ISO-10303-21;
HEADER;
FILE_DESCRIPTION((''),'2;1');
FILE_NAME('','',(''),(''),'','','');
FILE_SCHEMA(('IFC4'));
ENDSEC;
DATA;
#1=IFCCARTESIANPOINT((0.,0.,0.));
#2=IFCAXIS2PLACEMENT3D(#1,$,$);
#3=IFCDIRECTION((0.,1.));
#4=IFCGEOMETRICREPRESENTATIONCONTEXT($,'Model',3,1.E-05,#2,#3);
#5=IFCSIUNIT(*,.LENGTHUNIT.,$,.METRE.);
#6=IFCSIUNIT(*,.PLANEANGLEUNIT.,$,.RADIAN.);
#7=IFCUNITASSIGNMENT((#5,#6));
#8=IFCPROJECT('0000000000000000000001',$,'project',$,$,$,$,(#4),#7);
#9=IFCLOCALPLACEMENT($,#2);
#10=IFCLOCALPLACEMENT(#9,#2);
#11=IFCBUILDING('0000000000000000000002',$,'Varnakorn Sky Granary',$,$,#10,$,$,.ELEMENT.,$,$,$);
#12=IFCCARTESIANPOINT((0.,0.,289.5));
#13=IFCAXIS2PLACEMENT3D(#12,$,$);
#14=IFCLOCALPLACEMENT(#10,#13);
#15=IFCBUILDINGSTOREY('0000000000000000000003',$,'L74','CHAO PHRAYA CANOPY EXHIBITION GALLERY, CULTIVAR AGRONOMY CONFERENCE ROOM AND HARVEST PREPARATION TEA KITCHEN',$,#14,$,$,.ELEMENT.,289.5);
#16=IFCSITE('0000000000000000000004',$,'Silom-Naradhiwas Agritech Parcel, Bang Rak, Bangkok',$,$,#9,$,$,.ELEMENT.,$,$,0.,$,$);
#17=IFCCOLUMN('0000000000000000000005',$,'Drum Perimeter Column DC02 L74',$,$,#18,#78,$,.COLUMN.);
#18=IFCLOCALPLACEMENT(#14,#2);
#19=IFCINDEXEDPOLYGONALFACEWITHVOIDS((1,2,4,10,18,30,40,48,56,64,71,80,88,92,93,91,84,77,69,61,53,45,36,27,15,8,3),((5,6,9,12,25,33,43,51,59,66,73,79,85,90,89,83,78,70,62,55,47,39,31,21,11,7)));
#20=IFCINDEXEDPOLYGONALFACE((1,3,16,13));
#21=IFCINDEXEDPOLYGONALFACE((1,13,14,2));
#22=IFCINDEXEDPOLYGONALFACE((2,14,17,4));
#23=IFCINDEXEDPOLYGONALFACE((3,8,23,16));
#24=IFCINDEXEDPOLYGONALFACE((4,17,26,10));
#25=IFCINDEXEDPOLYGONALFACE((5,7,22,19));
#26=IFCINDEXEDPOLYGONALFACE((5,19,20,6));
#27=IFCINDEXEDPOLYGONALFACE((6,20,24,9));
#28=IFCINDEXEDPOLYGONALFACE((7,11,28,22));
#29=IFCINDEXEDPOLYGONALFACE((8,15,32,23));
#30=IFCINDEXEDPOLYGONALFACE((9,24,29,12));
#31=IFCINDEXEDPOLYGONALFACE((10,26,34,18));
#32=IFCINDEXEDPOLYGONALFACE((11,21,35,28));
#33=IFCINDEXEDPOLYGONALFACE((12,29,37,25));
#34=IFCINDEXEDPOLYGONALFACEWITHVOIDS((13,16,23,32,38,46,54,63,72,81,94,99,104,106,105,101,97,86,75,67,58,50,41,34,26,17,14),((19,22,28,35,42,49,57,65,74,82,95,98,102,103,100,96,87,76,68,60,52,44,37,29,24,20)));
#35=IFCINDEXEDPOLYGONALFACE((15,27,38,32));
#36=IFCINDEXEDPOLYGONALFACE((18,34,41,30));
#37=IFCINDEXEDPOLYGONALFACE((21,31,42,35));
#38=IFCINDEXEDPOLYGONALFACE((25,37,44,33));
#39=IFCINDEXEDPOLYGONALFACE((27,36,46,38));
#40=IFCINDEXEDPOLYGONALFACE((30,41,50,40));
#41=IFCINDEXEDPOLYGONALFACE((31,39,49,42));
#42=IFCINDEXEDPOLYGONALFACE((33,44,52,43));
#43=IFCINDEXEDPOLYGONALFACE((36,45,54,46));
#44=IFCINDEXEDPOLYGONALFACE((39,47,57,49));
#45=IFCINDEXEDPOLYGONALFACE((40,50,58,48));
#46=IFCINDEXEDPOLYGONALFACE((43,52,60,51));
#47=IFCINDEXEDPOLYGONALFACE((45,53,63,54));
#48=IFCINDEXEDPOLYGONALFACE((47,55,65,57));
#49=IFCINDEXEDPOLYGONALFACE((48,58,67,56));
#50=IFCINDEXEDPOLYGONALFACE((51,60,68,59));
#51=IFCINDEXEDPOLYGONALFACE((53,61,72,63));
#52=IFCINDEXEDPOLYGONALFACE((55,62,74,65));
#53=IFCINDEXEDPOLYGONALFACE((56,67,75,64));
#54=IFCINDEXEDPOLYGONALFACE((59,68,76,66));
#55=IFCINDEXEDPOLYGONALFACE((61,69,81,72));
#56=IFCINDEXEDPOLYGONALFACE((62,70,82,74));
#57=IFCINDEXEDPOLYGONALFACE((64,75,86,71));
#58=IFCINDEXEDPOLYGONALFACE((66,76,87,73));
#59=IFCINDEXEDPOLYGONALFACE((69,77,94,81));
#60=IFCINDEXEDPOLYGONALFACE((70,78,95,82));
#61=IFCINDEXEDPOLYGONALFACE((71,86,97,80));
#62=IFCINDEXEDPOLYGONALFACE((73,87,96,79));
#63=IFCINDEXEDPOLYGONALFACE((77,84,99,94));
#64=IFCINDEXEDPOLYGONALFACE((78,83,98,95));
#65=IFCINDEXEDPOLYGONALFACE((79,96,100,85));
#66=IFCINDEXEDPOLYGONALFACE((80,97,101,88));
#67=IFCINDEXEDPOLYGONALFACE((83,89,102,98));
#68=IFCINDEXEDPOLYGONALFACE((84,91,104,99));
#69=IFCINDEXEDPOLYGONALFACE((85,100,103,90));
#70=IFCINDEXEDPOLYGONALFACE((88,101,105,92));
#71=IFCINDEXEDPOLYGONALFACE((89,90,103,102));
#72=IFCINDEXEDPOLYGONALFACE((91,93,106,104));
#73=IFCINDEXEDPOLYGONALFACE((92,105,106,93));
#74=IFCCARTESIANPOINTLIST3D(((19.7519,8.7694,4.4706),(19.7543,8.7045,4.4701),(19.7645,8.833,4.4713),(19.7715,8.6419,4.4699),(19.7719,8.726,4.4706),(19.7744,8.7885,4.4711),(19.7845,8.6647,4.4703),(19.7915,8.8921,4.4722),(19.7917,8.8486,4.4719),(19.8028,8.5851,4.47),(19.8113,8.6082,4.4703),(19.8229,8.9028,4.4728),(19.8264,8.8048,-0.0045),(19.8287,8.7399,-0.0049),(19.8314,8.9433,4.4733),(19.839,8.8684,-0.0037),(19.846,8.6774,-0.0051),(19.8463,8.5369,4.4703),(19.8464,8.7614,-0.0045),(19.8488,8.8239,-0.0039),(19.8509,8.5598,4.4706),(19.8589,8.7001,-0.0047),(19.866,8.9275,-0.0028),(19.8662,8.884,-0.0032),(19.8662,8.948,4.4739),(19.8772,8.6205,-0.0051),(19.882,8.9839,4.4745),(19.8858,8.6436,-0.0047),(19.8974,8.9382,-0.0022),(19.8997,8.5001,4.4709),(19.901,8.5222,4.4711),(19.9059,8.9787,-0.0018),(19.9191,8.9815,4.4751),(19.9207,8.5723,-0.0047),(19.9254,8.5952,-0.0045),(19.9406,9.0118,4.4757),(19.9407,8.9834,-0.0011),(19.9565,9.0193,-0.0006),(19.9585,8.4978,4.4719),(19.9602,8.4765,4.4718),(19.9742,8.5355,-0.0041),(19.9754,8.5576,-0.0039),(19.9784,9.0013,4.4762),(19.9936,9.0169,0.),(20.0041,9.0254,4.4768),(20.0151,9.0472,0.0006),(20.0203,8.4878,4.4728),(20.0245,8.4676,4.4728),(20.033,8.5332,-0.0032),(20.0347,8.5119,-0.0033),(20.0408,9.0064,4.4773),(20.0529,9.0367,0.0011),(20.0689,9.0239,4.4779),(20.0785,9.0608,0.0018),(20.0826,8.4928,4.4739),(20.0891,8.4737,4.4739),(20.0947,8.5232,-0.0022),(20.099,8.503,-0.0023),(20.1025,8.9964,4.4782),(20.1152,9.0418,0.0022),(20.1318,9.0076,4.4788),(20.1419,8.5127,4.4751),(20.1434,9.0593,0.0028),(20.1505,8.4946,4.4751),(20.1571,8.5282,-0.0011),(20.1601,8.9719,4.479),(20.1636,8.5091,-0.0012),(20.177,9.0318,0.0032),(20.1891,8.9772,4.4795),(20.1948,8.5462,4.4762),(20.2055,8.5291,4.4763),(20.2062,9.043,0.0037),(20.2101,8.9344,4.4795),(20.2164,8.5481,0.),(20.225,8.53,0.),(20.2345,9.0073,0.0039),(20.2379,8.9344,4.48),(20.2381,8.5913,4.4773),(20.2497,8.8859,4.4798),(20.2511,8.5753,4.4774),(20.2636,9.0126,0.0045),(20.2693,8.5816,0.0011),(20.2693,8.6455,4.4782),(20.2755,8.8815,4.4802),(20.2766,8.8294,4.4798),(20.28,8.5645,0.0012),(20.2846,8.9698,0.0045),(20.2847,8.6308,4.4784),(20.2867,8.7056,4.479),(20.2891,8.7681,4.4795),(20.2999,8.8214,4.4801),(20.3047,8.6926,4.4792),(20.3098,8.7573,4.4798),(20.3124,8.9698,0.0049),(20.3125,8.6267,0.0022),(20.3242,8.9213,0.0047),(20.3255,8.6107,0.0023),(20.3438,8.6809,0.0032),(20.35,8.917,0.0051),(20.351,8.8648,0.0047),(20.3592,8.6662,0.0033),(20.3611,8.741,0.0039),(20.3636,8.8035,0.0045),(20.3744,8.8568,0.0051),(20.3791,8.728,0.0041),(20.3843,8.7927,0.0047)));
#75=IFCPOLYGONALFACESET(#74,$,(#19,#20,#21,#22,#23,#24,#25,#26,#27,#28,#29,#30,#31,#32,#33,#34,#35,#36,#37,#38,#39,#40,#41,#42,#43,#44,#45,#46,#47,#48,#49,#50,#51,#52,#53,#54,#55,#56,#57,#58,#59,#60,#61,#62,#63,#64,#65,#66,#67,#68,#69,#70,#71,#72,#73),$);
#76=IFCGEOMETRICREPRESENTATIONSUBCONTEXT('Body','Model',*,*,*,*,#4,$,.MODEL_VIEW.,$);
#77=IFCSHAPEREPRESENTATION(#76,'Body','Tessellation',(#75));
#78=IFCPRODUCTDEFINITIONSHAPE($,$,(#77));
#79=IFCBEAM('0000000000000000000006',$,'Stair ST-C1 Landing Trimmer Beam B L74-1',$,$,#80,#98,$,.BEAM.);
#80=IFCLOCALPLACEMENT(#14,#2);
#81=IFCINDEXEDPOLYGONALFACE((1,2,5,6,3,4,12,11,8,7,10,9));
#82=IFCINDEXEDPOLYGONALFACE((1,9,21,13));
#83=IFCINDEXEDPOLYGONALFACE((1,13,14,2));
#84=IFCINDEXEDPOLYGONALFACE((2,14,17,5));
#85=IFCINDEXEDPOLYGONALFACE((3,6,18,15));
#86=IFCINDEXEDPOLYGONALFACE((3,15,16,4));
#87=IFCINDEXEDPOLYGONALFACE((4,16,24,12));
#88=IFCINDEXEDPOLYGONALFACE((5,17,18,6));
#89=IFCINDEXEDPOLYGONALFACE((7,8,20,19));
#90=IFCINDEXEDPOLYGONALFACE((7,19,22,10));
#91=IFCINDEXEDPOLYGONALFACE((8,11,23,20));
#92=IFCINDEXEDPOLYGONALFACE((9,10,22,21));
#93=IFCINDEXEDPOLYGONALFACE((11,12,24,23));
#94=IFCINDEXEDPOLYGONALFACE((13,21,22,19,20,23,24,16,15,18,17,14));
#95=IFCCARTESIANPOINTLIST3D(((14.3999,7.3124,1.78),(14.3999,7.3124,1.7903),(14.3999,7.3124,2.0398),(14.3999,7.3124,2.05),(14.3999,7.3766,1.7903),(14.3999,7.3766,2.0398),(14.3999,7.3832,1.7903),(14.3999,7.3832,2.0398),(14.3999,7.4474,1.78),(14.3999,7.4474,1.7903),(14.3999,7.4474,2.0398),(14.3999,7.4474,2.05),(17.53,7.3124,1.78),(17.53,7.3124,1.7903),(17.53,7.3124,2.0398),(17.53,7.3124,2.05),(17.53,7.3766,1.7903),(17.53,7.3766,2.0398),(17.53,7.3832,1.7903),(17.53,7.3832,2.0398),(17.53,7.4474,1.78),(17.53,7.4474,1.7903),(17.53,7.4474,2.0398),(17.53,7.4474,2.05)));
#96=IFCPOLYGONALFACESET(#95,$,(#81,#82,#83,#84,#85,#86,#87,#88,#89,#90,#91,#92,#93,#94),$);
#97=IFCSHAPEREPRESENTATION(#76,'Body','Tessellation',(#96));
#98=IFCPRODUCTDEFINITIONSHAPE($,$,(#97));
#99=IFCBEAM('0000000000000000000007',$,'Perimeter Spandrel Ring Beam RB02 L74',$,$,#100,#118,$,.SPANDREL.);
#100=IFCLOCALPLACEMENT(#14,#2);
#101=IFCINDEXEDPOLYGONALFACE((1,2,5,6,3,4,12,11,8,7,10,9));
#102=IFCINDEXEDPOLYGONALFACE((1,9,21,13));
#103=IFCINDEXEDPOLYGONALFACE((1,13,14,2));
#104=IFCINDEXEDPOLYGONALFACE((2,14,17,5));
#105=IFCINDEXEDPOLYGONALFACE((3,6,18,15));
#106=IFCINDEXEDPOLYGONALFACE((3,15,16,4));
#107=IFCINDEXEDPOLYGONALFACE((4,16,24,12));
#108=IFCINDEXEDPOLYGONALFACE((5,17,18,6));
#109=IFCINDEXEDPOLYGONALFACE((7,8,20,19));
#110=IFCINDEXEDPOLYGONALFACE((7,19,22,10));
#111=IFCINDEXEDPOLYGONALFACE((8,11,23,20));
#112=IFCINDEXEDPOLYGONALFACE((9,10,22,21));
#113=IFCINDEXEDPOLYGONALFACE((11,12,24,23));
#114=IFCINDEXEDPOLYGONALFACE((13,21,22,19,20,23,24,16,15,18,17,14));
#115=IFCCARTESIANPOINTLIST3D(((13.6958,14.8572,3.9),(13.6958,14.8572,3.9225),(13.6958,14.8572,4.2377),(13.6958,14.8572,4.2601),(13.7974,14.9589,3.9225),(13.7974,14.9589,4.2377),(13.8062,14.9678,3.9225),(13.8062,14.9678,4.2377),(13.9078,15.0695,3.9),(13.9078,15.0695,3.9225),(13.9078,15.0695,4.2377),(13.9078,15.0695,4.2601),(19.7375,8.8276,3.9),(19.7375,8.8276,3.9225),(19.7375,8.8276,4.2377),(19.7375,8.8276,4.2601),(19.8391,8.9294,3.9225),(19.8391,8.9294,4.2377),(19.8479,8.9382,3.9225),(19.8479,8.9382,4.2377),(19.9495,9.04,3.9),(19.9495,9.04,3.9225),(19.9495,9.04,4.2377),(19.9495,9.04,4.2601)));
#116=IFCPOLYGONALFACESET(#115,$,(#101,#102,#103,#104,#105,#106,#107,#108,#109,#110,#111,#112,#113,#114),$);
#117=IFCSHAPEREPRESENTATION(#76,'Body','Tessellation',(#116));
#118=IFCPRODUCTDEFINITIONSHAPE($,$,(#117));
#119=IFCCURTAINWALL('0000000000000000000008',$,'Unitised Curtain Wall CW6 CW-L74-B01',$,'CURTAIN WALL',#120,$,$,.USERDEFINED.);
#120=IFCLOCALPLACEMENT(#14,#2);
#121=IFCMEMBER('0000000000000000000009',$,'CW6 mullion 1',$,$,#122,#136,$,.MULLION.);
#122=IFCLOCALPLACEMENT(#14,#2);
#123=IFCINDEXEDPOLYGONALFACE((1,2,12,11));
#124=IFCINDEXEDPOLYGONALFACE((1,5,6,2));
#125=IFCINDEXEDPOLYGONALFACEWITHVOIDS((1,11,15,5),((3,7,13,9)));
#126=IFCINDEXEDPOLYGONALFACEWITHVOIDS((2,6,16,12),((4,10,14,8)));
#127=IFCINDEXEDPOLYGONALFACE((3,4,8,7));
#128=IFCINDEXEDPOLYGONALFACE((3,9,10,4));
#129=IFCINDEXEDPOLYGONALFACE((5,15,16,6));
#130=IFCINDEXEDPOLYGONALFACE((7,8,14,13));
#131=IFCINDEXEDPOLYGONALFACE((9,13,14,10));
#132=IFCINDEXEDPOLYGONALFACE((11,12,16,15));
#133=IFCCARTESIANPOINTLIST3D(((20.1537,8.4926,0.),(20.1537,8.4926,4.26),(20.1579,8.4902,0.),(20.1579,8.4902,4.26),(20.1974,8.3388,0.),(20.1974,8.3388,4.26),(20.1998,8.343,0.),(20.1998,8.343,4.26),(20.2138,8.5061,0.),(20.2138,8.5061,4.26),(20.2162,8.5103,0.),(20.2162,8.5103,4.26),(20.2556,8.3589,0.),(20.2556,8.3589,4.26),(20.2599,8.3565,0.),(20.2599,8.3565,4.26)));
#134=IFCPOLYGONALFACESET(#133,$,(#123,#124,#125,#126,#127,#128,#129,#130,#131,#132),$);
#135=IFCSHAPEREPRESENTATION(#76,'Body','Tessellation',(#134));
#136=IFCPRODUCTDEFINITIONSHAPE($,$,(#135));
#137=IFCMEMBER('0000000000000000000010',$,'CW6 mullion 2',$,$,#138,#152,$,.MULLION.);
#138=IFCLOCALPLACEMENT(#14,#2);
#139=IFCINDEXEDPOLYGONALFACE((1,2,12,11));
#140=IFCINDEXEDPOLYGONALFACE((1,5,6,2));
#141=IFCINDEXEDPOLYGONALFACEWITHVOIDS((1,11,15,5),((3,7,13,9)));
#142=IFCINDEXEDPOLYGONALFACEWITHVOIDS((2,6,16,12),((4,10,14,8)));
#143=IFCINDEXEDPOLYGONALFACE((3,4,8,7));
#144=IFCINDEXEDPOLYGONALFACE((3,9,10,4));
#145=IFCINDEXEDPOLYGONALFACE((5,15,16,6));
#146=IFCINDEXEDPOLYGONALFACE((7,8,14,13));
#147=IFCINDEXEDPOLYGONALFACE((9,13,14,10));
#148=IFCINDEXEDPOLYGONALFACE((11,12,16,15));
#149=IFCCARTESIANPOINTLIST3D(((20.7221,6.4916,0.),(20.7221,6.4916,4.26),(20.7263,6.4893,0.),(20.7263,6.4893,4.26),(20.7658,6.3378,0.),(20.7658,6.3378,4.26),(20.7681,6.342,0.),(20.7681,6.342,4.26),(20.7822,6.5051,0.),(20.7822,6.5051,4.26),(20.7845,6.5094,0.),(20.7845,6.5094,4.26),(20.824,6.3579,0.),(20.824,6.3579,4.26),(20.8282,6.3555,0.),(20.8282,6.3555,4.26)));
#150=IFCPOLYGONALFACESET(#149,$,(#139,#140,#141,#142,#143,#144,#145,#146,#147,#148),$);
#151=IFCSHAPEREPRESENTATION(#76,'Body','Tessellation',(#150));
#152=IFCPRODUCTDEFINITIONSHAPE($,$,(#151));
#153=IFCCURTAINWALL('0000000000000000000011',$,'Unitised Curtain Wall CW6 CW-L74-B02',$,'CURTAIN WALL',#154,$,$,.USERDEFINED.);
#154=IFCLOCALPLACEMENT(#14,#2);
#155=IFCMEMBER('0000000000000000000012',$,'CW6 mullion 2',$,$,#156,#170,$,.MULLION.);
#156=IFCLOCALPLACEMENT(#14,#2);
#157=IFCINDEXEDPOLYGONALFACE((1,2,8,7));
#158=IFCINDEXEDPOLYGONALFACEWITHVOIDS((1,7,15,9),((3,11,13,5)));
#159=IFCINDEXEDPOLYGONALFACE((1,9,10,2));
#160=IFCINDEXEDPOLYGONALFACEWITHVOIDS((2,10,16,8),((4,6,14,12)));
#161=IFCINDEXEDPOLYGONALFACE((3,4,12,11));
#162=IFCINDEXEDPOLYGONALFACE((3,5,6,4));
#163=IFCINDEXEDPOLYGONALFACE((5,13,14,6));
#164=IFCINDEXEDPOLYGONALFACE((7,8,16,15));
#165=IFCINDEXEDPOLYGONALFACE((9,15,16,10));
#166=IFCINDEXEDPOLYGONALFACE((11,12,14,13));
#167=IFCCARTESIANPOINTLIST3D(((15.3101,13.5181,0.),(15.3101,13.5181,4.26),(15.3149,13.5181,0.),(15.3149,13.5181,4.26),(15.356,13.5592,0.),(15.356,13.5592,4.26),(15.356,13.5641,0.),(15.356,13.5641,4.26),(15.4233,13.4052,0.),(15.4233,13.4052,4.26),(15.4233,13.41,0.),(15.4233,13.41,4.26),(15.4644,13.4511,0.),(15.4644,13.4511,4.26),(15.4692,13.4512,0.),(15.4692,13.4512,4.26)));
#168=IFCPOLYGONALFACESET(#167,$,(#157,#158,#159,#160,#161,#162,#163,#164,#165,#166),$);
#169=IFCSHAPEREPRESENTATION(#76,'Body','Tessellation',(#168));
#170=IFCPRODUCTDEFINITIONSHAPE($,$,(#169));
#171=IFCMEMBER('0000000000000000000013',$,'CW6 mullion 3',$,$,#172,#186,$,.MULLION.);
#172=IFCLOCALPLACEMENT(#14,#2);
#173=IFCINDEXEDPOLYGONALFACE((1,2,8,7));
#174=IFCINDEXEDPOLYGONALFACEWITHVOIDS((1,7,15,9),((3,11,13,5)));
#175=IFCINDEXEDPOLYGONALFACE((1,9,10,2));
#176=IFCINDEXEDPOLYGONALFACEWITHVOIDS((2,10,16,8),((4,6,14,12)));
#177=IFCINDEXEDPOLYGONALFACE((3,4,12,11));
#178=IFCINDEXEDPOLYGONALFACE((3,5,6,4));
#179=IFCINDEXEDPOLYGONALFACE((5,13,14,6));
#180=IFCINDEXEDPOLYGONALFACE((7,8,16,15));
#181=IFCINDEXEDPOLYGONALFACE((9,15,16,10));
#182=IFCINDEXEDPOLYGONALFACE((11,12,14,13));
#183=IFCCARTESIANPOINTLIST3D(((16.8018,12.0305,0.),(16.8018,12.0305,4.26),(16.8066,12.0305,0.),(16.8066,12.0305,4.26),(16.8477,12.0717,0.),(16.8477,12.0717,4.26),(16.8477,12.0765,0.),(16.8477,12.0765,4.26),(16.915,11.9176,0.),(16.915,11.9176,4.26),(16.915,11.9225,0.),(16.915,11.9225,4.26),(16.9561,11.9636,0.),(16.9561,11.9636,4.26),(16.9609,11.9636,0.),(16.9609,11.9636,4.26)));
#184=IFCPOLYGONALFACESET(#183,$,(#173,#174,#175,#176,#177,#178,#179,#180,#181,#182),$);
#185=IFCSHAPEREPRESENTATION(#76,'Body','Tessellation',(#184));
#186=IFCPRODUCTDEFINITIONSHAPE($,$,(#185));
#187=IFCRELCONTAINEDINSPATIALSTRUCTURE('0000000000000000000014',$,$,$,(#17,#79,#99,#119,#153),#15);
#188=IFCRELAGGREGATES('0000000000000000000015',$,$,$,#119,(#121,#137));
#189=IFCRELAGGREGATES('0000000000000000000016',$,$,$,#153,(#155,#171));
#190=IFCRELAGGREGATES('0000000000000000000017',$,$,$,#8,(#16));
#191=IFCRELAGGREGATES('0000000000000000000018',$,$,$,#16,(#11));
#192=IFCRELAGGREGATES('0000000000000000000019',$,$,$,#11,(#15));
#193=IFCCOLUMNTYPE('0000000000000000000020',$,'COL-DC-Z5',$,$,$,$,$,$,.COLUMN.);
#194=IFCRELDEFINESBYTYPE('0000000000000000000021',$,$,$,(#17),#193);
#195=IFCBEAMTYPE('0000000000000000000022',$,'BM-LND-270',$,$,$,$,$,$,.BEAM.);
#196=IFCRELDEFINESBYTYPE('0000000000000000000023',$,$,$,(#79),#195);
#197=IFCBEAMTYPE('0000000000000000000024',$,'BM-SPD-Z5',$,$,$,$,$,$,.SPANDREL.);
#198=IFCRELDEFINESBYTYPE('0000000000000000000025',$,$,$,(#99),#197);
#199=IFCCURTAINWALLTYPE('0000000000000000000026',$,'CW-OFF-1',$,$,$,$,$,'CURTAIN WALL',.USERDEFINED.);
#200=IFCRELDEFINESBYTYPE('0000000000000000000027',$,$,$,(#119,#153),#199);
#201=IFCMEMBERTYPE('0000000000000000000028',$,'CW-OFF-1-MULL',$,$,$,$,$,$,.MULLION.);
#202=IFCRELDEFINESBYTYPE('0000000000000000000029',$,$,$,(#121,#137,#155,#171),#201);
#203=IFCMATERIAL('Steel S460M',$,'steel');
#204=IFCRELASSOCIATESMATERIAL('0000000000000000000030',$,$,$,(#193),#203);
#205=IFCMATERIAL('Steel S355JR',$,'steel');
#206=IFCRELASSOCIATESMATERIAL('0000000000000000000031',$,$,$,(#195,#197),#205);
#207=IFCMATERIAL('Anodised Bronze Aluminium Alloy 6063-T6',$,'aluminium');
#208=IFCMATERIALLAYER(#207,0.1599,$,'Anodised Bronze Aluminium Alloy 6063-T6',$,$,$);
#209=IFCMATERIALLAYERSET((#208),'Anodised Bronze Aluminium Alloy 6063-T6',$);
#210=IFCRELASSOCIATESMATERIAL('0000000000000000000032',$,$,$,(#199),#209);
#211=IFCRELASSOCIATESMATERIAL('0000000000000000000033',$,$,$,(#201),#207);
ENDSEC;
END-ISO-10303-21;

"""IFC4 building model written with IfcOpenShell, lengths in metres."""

from ifc_helpers import new_model, si_unit, direction, frame, origin, origin_2d, place, context, subcontext, project, spatial, hollow_rectangle, hollow_circle, i_section, extrude, material, layer, layer_set, material_profile, profile_set, type_object, element, aggregate, save


model = new_model("IFC4")

# Units and contexts
model_context = context("Model", 3, precision=1e-05, world=origin(), true_north=direction((0.0, 1.0)))
body_context = subcontext(model_context, "Body", "Model", "MODEL_VIEW")
ifc_project = project(units=[si_unit("LENGTHUNIT", "METRE"), si_unit("PLANEANGLEUNIT", "RADIAN")], contexts=[model_context])

# Site, building, storey
site_placement = place(None, origin())
site = spatial("IfcSite", under=ifc_project, at=site_placement, Name="Silom-Naradhiwas Agritech Parcel, Bang Rak, Bangkok", CompositionType="ELEMENT", RefElevation=0.0)
building_placement = place(site_placement, origin())
building = spatial("IfcBuilding", under=site, at=building_placement, Name="Varnakorn Sky Granary", CompositionType="ELEMENT")
storey_placement = place(building_placement, frame((0.0, 0.0, 289.5)))
storey = spatial("IfcBuildingStorey", under=building, at=storey_placement, Name="L74", Description="CHAO PHRAYA CANOPY EXHIBITION GALLERY, CULTIVAR AGRONOMY CONFERENCE ROOM AND HARVEST PREPARATION TEA KITCHEN", CompositionType="ELEMENT", Elevation=289.5)

# Column
ifc_material_1 = material(Name="Steel S460M", Category="steel")
ifc_material_profile_1 = material_profile(ifc_material_1, hollow_circle(Radius=0.2795, WallThickness=0.02, at=origin_2d()), Name="CHS 559x20")
ifc_profile_set_1 = profile_set([ifc_material_profile_1], Name="Steel S460M")
column_type = type_object("IfcColumnType", Name="COL-DC-Z5", PredefinedType="COLUMN", material=ifc_profile_set_1)
column_placement = place(storey_placement, frame((20.105, 8.7825, 0.0), z_axis=(-0.016637, -0.007909, 0.99983), x_axis=(0.429359, -0.903134, 0.0)))
element("IfcColumn", 1, at=column_placement, inside=storey, type_object=column_type, Name="Drum Perimeter Column DC02 L74", PredefinedType="COLUMN", context=body_context, shape_type="SweptSolid", body=[
    extrude(hollow_circle(Radius=0.2795, WallThickness=0.02, at=origin_2d()), origin(), (0.0, 0.0, 1.0), 4.4758),
])

# Beams
ifc_material_2 = material(Name="Steel S355JR", Category="steel")
ifc_material_profile_2 = material_profile(ifc_material_2, i_section(OverallWidth=0.135, OverallDepth=0.27, WebThickness=0.0066, FlangeThickness=0.0103, at=origin_2d()), Name="IPE 270")
ifc_profile_set_2 = profile_set([ifc_material_profile_2], Name="Steel S355JR")
beam_type_1 = type_object("IfcBeamType", Name="BM-LND-270", PredefinedType="BEAM", material=ifc_profile_set_2)
beam_1_placement = place(storey_placement, frame((14.3999, 7.3799, 1.915), z_axis=(1.0, 0.0, 0.0), x_axis=(0.0, 1.0, 0.0)))
element("IfcBeam", 2, at=beam_1_placement, inside=storey, type_object=beam_type_1, Name="Stair ST-C1 Landing Trimmer Beam B L74-1", PredefinedType="BEAM", context=body_context, shape_type="SweptSolid", body=[
    extrude(i_section(OverallWidth=0.135, OverallDepth=0.27, WebThickness=0.0066, FlangeThickness=0.0103, at=origin_2d()), origin(), (0.0, 0.0, 1.0), 3.1301),
])
ifc_material_profile_3 = material_profile(ifc_material_2, i_section(OverallWidth=0.3, OverallDepth=0.3601, WebThickness=0.0125, FlangeThickness=0.0225, at=origin_2d()), Name="HE 360 B")
ifc_profile_set_3 = profile_set([ifc_material_profile_3], Name="Steel S355JR")
beam_type_2 = type_object("IfcBeamType", Name="BM-SPD-Z5", PredefinedType="SPANDREL", material=ifc_profile_set_3)
beam_2_placement = place(storey_placement, frame((19.8435, 8.9338, 4.0801), z_axis=(-0.707821, 0.706391, 0.0), x_axis=(-0.706391, -0.707821, 0.0)))
element("IfcBeam", 3, at=beam_2_placement, inside=storey, type_object=beam_type_2, Name="Perimeter Spandrel Ring Beam RB02 L74", PredefinedType="SPANDREL", context=body_context, shape_type="SweptSolid", body=[
    extrude(i_section(OverallWidth=0.3, OverallDepth=0.3601, WebThickness=0.0125, FlangeThickness=0.0225, at=origin_2d()), origin(), (0.0, 0.0, 1.0), 8.5356),
])

# Curtain walls, members
ifc_material_3 = material(Name="Anodised Bronze Aluminium Alloy 6063-T6", Category="aluminium")
ifc_layer_1 = layer(ifc_material_3, 0.1599, Name="Anodised Bronze Aluminium Alloy 6063-T6")
ifc_layer_set_1 = layer_set([ifc_layer_1], Name="Anodised Bronze Aluminium Alloy 6063-T6")
curtain_wall_type = type_object("IfcCurtainWallType", Name="CW-OFF-1", ElementType="CURTAIN WALL", PredefinedType="USERDEFINED", material=ifc_layer_set_1)
curtain_wall_1_placement = place(storey_placement, origin())
curtain_wall_1 = element("IfcCurtainWall", 4, at=curtain_wall_1_placement, inside=storey, type_object=curtain_wall_type, Name="Unitised Curtain Wall CW6 CW-L74-B01", ObjectType="CURTAIN WALL", PredefinedType="USERDEFINED")
ifc_material_profile_4 = material_profile(ifc_material_3, hollow_rectangle(XDim=0.0649, YDim=0.1599, WallThickness=0.0034, at=origin_2d()), Name="ALU MULL 65x160")
ifc_profile_set_4 = profile_set([ifc_material_profile_4], Name="Anodised Bronze Aluminium Alloy 6063-T6")
member_type_1 = type_object("IfcMemberType", Name="CW-OFF-1-MULL", PredefinedType="MULLION", material=ifc_profile_set_4)
member_1_placement = place(storey_placement, frame((20.2068, 8.4246, 0.0), z_axis=(0.0, 0.0, 1.0), x_axis=(0.961937, 0.27327, 0.0)))
member_1 = element("IfcMember", 5, at=member_1_placement, type_object=member_type_1, Name="CW6 mullion 1", PredefinedType="MULLION", context=body_context, shape_type="SweptSolid", body=[
    extrude(hollow_rectangle(XDim=0.0649, YDim=0.1599, WallThickness=0.0034, at=origin_2d()), origin(), (0.0, 0.0, 1.0), 4.26),
])
member_2_placement = place(storey_placement, frame((20.7751, 6.4236, 0.0), z_axis=(0.0, 0.0, 1.0), x_axis=(0.961937, 0.27327, 0.0)))
member_2 = element("IfcMember", 6, at=member_2_placement, type_object=member_type_1, Name="CW6 mullion 2", PredefinedType="MULLION", context=body_context, shape_type="SweptSolid", body=[
    extrude(hollow_rectangle(XDim=0.0649, YDim=0.1599, WallThickness=0.0034, at=origin_2d()), origin(), (0.0, 0.0, 1.0), 4.26),
])
curtain_wall_2_placement = place(storey_placement, origin())
curtain_wall_2 = element("IfcCurtainWall", 7, at=curtain_wall_2_placement, inside=storey, type_object=curtain_wall_type, Name="Unitised Curtain Wall CW6 CW-L74-B02", ObjectType="CURTAIN WALL", PredefinedType="USERDEFINED")
member_3_placement = place(storey_placement, frame((15.3896, 13.4846, 0.0), z_axis=(0.0, 0.0, 1.0), x_axis=(0.706103, 0.708109, 0.0)))
member_3 = element("IfcMember", 8, at=member_3_placement, type_object=member_type_1, Name="CW6 mullion 2", PredefinedType="MULLION", context=body_context, shape_type="SweptSolid", body=[
    extrude(hollow_rectangle(XDim=0.0649, YDim=0.1599, WallThickness=0.0034, at=origin_2d()), origin(), (0.0, 0.0, 1.0), 4.26),
])
member_4_placement = place(storey_placement, frame((16.8813, 11.9971, 0.0), z_axis=(0.0, 0.0, 1.0), x_axis=(0.706103, 0.708109, 0.0)))
member_4 = element("IfcMember", 9, at=member_4_placement, type_object=member_type_1, Name="CW6 mullion 3", PredefinedType="MULLION", context=body_context, shape_type="SweptSolid", body=[
    extrude(hollow_rectangle(XDim=0.0649, YDim=0.1599, WallThickness=0.0034, at=origin_2d()), origin(), (0.0, 0.0, 1.0), 4.26),
])

aggregate(curtain_wall_1, [member_1, member_2])
aggregate(curtain_wall_2, [member_3, member_4])

save(model, "model.ifc")
